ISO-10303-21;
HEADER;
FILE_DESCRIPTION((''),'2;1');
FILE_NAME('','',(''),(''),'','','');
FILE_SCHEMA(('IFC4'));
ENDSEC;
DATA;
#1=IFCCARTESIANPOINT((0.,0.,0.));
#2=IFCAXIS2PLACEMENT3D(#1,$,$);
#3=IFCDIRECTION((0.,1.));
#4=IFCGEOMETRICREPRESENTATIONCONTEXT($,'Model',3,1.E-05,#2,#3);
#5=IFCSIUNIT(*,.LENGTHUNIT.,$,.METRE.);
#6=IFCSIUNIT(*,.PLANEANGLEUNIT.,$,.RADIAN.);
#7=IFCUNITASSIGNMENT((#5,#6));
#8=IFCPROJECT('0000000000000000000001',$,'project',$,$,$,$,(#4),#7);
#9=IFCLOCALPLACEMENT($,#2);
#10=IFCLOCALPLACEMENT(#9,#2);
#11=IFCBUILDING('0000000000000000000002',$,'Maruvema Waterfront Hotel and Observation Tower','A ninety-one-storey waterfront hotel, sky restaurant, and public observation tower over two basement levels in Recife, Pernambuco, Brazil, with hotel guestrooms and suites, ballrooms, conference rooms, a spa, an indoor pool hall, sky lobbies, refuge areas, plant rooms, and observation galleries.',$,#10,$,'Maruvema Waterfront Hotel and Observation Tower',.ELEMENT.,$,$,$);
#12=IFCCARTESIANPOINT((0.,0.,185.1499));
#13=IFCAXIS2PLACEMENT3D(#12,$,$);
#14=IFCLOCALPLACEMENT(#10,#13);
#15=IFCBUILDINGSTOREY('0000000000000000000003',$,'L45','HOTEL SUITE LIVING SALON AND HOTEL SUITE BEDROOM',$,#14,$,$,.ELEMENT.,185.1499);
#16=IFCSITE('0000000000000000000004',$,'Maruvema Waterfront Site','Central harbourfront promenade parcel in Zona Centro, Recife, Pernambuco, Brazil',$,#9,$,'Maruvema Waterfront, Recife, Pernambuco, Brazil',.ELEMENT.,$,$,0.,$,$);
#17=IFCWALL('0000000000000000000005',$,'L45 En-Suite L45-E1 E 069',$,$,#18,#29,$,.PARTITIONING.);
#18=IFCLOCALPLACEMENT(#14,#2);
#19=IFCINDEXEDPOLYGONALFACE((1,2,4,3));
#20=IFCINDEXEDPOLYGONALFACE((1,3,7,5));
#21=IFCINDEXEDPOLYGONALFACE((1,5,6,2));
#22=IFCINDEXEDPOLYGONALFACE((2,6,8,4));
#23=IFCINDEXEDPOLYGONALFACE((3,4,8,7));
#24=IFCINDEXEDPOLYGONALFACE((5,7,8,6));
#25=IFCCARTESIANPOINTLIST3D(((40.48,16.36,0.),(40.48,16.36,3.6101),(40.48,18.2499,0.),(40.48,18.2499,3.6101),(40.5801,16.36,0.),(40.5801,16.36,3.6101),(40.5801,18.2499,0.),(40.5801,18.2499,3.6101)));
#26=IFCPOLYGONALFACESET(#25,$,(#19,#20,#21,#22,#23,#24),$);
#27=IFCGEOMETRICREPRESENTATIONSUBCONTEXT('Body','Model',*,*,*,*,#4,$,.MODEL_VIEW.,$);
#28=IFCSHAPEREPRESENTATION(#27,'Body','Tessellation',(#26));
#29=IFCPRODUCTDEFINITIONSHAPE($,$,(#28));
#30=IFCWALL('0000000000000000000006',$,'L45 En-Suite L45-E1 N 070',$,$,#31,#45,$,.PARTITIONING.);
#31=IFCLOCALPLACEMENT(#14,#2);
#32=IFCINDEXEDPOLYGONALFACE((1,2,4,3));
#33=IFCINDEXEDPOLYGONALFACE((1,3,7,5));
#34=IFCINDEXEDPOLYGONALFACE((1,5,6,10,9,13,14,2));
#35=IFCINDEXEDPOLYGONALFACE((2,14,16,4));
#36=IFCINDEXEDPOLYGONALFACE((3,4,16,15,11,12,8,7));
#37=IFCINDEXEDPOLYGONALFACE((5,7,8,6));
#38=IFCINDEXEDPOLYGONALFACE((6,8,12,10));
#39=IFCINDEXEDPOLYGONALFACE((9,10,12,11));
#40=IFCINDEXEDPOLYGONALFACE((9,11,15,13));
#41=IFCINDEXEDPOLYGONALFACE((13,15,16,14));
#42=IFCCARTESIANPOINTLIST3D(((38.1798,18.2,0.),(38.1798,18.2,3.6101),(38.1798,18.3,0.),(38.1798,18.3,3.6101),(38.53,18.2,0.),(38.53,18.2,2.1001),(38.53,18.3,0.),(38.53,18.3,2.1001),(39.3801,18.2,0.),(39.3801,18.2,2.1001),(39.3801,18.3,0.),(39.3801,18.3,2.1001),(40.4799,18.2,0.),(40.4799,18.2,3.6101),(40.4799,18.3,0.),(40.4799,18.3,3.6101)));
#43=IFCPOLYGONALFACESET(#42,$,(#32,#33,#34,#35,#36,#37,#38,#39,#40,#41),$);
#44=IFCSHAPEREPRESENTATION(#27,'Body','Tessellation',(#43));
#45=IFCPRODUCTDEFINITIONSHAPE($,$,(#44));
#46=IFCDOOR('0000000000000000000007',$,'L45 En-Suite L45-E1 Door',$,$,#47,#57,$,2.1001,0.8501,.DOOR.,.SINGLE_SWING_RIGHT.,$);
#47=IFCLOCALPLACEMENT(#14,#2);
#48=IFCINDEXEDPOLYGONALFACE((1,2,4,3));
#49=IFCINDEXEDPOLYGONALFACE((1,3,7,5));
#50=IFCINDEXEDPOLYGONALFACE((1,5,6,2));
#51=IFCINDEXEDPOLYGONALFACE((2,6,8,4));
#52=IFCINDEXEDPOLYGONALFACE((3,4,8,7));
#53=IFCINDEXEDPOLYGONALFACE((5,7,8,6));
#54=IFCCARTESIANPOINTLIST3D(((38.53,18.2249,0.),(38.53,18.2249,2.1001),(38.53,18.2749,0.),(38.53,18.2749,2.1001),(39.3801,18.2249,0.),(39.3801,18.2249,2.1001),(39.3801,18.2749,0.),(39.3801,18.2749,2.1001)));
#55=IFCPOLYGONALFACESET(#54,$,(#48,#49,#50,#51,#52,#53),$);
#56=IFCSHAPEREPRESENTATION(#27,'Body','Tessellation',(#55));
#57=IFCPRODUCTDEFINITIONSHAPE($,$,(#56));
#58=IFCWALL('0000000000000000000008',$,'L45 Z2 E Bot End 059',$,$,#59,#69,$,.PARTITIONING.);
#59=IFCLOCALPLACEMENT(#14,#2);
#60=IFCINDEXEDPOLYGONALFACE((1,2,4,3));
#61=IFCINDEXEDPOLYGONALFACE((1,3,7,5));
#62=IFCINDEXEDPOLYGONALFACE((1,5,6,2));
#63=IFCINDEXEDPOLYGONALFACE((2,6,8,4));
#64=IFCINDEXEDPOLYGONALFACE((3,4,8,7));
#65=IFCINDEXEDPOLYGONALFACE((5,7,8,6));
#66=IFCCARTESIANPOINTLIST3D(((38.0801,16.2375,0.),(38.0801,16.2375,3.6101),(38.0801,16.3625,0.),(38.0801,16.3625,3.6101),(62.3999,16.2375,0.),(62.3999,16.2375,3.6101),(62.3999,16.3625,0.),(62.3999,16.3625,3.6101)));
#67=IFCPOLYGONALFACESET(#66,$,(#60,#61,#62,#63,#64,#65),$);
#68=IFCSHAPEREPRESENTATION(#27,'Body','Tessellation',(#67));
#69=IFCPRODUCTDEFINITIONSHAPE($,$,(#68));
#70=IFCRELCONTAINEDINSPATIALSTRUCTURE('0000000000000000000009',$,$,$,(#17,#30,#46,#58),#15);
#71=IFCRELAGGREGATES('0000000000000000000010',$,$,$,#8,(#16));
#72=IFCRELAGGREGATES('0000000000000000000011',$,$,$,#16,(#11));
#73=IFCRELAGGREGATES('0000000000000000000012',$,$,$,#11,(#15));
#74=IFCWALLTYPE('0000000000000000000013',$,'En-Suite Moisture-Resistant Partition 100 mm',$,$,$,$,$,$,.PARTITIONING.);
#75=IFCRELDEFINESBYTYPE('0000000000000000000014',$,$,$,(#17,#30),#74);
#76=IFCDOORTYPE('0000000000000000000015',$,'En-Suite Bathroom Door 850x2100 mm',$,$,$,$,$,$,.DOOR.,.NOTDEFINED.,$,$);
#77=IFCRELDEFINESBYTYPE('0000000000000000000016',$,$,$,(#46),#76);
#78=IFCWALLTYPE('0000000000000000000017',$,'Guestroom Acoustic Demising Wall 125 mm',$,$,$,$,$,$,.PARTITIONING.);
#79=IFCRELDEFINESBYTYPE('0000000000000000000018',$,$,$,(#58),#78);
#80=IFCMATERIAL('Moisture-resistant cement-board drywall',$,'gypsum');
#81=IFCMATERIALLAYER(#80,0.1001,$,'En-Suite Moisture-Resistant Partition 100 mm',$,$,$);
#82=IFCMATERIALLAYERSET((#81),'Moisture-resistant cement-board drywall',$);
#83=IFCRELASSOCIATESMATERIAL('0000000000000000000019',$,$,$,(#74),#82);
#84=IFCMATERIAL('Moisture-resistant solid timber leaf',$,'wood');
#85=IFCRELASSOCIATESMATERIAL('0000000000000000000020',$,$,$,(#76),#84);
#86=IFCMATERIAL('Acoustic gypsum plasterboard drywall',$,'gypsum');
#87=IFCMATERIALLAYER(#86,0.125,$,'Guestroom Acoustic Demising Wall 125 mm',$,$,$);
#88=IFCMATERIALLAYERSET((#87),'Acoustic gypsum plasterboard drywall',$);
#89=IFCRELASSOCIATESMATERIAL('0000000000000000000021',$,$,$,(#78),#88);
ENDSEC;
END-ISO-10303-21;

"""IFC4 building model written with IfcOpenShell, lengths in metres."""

from ifc_helpers import new_model, si_unit, direction, frame, frame_2d, origin, place, context, subcontext, project, spatial, rectangle, extrude, material, layer, layer_set, type_object, element, fill, save


model = new_model("IFC4")

# Units and contexts
model_context = context("Model", 3, precision=1e-05, world=origin(), true_north=direction((0.0, 1.0)))
body_context = subcontext(model_context, "Body", "Model", "MODEL_VIEW")
ifc_project = project(units=[si_unit("LENGTHUNIT", "METRE"), si_unit("PLANEANGLEUNIT", "RADIAN")], contexts=[model_context])

# Site, building, storey
site_placement = place(None, origin())
site = spatial("IfcSite", under=ifc_project, at=site_placement, Name="Maruvema Waterfront Site", Description="Central harbourfront promenade parcel in Zona Centro, Recife, Pernambuco, Brazil", LongName="Maruvema Waterfront, Recife, Pernambuco, Brazil", CompositionType="ELEMENT", RefElevation=0.0)
building_placement = place(site_placement, origin())
building = spatial("IfcBuilding", under=site, at=building_placement, Name="Maruvema Waterfront Hotel and Observation Tower", Description="A ninety-one-storey waterfront hotel, sky restaurant, and public observation tower over two basement levels in Recife, Pernambuco, Brazil, with hotel guestrooms and suites, ballrooms, conference rooms, a spa, an indoor pool hall, sky lobbies, refuge areas, plant rooms, and observation galleries.", LongName="Maruvema Waterfront Hotel and Observation Tower", CompositionType="ELEMENT")
storey_placement = place(building_placement, frame((0.0, 0.0, 185.1499)))
storey = spatial("IfcBuildingStorey", under=building, at=storey_placement, Name="L45", Description="HOTEL SUITE LIVING SALON AND HOTEL SUITE BEDROOM", CompositionType="ELEMENT", Elevation=185.1499)

# Shared definitions
ifc_material_1 = material(Name="Moisture-resistant cement-board drywall", Category="gypsum")
ifc_layer_1 = layer(ifc_material_1, 0.1001, Name="En-Suite Moisture-Resistant Partition 100 mm")
ifc_layer_set_1 = layer_set([ifc_layer_1], Name="Moisture-resistant cement-board drywall")
wall_type_1 = type_object("IfcWallType", Name="En-Suite Moisture-Resistant Partition 100 mm", PredefinedType="PARTITIONING", material=ifc_layer_set_1)

# Shared definitions
ifc_material_2 = material(Name="Moisture-resistant solid timber leaf", Category="wood")
door_type_1 = type_object("IfcDoorType", Name="En-Suite Bathroom Door 850x2100 mm", OperationType="NOTDEFINED", PredefinedType="DOOR", material=ifc_material_2)

# Wall
wall_1_placement = place(storey_placement, frame((40.53, 16.3601, 0.0), z_axis=(0.0, 0.0, 1.0), x_axis=(0.0, 1.0, 0.0)))
element("IfcWall", 1, at=wall_1_placement, inside=storey, type_object=wall_type_1, Name="L45 En-Suite L45-E1 E 069", PredefinedType="PARTITIONING", context=body_context, shape_type="SweptSolid", body=[
    extrude(rectangle(XDim=1.8899, YDim=0.1001, at=frame_2d((0.9448, 0.0))), origin(), (0.0, 0.0, 1.0), 3.6101),
])

# Wall, opening, door
wall_2_placement = place(storey_placement, frame((38.1799, 18.25, 0.0), z_axis=(0.0, 0.0, 1.0), x_axis=(1.0, 0.0, 0.0)))
wall_2 = element("IfcWall", 2, at=wall_2_placement, inside=storey, type_object=wall_type_1, Name="L45 En-Suite L45-E1 N 070", PredefinedType="PARTITIONING", context=body_context, shape_type="SweptSolid", body=[
    extrude(rectangle(XDim=2.3, YDim=0.1001, at=frame_2d((1.1499, 0.0))), origin(), (0.0, 0.0, 1.0), 3.6101),
])
opening_1_placement = place(wall_2_placement, frame((0.3501, 0.0, 0.0)))
opening_1 = element("IfcOpeningElement", 3, at=opening_1_placement, cuts=wall_2, PredefinedType="OPENING", context=body_context, shape_type="SweptSolid", body=[
    extrude(rectangle(XDim=0.8501, YDim=2.1001, at=frame_2d((0.425, 1.05))), frame((0.0, 0.0601, 0.0), z_axis=(0.0, -1.0, 0.0), x_axis=(1.0, 0.0, 0.0)), (0.0, 0.0, 1.0), 0.1201),
])
door_1_placement = place(opening_1_placement, origin())
door_1 = element("IfcDoor", 4, at=door_1_placement, inside=storey, type_object=door_type_1, Name="L45 En-Suite L45-E1 Door", OperationType="SINGLE_SWING_RIGHT", OverallHeight=2.1001, OverallWidth=0.8501, PredefinedType="DOOR", context=body_context, shape_type="SweptSolid", body=[
    extrude(rectangle(XDim=0.8501, YDim=2.1001, at=frame_2d((0.425, 1.05))), frame((0.0, 0.0249, 0.0), z_axis=(0.0, -1.0, 0.0), x_axis=(1.0, 0.0, 0.0)), (0.0, 0.0, 1.0), 0.05),
])
fill(opening_1, door_1)

# Wall
ifc_material_3 = material(Name="Acoustic gypsum plasterboard drywall", Category="gypsum")
ifc_layer_2 = layer(ifc_material_3, 0.125, Name="Guestroom Acoustic Demising Wall 125 mm")
ifc_layer_set_2 = layer_set([ifc_layer_2], Name="Acoustic gypsum plasterboard drywall")
wall_type_2 = type_object("IfcWallType", Name="Guestroom Acoustic Demising Wall 125 mm", PredefinedType="PARTITIONING", material=ifc_layer_set_2)
wall_3_placement = place(storey_placement, frame((38.0801, 16.3, 0.0), z_axis=(0.0, 0.0, 1.0), x_axis=(1.0, 0.0, 0.0)))
element("IfcWall", 5, at=wall_3_placement, inside=storey, type_object=wall_type_2, Name="L45 Z2 E Bot End 059", PredefinedType="PARTITIONING", context=body_context, shape_type="SweptSolid", body=[
    extrude(rectangle(XDim=24.3198, YDim=0.125, at=frame_2d((12.1599, 0.0))), origin(), (0.0, 0.0, 1.0), 3.6101),
])

save(model, "model.ifc")
